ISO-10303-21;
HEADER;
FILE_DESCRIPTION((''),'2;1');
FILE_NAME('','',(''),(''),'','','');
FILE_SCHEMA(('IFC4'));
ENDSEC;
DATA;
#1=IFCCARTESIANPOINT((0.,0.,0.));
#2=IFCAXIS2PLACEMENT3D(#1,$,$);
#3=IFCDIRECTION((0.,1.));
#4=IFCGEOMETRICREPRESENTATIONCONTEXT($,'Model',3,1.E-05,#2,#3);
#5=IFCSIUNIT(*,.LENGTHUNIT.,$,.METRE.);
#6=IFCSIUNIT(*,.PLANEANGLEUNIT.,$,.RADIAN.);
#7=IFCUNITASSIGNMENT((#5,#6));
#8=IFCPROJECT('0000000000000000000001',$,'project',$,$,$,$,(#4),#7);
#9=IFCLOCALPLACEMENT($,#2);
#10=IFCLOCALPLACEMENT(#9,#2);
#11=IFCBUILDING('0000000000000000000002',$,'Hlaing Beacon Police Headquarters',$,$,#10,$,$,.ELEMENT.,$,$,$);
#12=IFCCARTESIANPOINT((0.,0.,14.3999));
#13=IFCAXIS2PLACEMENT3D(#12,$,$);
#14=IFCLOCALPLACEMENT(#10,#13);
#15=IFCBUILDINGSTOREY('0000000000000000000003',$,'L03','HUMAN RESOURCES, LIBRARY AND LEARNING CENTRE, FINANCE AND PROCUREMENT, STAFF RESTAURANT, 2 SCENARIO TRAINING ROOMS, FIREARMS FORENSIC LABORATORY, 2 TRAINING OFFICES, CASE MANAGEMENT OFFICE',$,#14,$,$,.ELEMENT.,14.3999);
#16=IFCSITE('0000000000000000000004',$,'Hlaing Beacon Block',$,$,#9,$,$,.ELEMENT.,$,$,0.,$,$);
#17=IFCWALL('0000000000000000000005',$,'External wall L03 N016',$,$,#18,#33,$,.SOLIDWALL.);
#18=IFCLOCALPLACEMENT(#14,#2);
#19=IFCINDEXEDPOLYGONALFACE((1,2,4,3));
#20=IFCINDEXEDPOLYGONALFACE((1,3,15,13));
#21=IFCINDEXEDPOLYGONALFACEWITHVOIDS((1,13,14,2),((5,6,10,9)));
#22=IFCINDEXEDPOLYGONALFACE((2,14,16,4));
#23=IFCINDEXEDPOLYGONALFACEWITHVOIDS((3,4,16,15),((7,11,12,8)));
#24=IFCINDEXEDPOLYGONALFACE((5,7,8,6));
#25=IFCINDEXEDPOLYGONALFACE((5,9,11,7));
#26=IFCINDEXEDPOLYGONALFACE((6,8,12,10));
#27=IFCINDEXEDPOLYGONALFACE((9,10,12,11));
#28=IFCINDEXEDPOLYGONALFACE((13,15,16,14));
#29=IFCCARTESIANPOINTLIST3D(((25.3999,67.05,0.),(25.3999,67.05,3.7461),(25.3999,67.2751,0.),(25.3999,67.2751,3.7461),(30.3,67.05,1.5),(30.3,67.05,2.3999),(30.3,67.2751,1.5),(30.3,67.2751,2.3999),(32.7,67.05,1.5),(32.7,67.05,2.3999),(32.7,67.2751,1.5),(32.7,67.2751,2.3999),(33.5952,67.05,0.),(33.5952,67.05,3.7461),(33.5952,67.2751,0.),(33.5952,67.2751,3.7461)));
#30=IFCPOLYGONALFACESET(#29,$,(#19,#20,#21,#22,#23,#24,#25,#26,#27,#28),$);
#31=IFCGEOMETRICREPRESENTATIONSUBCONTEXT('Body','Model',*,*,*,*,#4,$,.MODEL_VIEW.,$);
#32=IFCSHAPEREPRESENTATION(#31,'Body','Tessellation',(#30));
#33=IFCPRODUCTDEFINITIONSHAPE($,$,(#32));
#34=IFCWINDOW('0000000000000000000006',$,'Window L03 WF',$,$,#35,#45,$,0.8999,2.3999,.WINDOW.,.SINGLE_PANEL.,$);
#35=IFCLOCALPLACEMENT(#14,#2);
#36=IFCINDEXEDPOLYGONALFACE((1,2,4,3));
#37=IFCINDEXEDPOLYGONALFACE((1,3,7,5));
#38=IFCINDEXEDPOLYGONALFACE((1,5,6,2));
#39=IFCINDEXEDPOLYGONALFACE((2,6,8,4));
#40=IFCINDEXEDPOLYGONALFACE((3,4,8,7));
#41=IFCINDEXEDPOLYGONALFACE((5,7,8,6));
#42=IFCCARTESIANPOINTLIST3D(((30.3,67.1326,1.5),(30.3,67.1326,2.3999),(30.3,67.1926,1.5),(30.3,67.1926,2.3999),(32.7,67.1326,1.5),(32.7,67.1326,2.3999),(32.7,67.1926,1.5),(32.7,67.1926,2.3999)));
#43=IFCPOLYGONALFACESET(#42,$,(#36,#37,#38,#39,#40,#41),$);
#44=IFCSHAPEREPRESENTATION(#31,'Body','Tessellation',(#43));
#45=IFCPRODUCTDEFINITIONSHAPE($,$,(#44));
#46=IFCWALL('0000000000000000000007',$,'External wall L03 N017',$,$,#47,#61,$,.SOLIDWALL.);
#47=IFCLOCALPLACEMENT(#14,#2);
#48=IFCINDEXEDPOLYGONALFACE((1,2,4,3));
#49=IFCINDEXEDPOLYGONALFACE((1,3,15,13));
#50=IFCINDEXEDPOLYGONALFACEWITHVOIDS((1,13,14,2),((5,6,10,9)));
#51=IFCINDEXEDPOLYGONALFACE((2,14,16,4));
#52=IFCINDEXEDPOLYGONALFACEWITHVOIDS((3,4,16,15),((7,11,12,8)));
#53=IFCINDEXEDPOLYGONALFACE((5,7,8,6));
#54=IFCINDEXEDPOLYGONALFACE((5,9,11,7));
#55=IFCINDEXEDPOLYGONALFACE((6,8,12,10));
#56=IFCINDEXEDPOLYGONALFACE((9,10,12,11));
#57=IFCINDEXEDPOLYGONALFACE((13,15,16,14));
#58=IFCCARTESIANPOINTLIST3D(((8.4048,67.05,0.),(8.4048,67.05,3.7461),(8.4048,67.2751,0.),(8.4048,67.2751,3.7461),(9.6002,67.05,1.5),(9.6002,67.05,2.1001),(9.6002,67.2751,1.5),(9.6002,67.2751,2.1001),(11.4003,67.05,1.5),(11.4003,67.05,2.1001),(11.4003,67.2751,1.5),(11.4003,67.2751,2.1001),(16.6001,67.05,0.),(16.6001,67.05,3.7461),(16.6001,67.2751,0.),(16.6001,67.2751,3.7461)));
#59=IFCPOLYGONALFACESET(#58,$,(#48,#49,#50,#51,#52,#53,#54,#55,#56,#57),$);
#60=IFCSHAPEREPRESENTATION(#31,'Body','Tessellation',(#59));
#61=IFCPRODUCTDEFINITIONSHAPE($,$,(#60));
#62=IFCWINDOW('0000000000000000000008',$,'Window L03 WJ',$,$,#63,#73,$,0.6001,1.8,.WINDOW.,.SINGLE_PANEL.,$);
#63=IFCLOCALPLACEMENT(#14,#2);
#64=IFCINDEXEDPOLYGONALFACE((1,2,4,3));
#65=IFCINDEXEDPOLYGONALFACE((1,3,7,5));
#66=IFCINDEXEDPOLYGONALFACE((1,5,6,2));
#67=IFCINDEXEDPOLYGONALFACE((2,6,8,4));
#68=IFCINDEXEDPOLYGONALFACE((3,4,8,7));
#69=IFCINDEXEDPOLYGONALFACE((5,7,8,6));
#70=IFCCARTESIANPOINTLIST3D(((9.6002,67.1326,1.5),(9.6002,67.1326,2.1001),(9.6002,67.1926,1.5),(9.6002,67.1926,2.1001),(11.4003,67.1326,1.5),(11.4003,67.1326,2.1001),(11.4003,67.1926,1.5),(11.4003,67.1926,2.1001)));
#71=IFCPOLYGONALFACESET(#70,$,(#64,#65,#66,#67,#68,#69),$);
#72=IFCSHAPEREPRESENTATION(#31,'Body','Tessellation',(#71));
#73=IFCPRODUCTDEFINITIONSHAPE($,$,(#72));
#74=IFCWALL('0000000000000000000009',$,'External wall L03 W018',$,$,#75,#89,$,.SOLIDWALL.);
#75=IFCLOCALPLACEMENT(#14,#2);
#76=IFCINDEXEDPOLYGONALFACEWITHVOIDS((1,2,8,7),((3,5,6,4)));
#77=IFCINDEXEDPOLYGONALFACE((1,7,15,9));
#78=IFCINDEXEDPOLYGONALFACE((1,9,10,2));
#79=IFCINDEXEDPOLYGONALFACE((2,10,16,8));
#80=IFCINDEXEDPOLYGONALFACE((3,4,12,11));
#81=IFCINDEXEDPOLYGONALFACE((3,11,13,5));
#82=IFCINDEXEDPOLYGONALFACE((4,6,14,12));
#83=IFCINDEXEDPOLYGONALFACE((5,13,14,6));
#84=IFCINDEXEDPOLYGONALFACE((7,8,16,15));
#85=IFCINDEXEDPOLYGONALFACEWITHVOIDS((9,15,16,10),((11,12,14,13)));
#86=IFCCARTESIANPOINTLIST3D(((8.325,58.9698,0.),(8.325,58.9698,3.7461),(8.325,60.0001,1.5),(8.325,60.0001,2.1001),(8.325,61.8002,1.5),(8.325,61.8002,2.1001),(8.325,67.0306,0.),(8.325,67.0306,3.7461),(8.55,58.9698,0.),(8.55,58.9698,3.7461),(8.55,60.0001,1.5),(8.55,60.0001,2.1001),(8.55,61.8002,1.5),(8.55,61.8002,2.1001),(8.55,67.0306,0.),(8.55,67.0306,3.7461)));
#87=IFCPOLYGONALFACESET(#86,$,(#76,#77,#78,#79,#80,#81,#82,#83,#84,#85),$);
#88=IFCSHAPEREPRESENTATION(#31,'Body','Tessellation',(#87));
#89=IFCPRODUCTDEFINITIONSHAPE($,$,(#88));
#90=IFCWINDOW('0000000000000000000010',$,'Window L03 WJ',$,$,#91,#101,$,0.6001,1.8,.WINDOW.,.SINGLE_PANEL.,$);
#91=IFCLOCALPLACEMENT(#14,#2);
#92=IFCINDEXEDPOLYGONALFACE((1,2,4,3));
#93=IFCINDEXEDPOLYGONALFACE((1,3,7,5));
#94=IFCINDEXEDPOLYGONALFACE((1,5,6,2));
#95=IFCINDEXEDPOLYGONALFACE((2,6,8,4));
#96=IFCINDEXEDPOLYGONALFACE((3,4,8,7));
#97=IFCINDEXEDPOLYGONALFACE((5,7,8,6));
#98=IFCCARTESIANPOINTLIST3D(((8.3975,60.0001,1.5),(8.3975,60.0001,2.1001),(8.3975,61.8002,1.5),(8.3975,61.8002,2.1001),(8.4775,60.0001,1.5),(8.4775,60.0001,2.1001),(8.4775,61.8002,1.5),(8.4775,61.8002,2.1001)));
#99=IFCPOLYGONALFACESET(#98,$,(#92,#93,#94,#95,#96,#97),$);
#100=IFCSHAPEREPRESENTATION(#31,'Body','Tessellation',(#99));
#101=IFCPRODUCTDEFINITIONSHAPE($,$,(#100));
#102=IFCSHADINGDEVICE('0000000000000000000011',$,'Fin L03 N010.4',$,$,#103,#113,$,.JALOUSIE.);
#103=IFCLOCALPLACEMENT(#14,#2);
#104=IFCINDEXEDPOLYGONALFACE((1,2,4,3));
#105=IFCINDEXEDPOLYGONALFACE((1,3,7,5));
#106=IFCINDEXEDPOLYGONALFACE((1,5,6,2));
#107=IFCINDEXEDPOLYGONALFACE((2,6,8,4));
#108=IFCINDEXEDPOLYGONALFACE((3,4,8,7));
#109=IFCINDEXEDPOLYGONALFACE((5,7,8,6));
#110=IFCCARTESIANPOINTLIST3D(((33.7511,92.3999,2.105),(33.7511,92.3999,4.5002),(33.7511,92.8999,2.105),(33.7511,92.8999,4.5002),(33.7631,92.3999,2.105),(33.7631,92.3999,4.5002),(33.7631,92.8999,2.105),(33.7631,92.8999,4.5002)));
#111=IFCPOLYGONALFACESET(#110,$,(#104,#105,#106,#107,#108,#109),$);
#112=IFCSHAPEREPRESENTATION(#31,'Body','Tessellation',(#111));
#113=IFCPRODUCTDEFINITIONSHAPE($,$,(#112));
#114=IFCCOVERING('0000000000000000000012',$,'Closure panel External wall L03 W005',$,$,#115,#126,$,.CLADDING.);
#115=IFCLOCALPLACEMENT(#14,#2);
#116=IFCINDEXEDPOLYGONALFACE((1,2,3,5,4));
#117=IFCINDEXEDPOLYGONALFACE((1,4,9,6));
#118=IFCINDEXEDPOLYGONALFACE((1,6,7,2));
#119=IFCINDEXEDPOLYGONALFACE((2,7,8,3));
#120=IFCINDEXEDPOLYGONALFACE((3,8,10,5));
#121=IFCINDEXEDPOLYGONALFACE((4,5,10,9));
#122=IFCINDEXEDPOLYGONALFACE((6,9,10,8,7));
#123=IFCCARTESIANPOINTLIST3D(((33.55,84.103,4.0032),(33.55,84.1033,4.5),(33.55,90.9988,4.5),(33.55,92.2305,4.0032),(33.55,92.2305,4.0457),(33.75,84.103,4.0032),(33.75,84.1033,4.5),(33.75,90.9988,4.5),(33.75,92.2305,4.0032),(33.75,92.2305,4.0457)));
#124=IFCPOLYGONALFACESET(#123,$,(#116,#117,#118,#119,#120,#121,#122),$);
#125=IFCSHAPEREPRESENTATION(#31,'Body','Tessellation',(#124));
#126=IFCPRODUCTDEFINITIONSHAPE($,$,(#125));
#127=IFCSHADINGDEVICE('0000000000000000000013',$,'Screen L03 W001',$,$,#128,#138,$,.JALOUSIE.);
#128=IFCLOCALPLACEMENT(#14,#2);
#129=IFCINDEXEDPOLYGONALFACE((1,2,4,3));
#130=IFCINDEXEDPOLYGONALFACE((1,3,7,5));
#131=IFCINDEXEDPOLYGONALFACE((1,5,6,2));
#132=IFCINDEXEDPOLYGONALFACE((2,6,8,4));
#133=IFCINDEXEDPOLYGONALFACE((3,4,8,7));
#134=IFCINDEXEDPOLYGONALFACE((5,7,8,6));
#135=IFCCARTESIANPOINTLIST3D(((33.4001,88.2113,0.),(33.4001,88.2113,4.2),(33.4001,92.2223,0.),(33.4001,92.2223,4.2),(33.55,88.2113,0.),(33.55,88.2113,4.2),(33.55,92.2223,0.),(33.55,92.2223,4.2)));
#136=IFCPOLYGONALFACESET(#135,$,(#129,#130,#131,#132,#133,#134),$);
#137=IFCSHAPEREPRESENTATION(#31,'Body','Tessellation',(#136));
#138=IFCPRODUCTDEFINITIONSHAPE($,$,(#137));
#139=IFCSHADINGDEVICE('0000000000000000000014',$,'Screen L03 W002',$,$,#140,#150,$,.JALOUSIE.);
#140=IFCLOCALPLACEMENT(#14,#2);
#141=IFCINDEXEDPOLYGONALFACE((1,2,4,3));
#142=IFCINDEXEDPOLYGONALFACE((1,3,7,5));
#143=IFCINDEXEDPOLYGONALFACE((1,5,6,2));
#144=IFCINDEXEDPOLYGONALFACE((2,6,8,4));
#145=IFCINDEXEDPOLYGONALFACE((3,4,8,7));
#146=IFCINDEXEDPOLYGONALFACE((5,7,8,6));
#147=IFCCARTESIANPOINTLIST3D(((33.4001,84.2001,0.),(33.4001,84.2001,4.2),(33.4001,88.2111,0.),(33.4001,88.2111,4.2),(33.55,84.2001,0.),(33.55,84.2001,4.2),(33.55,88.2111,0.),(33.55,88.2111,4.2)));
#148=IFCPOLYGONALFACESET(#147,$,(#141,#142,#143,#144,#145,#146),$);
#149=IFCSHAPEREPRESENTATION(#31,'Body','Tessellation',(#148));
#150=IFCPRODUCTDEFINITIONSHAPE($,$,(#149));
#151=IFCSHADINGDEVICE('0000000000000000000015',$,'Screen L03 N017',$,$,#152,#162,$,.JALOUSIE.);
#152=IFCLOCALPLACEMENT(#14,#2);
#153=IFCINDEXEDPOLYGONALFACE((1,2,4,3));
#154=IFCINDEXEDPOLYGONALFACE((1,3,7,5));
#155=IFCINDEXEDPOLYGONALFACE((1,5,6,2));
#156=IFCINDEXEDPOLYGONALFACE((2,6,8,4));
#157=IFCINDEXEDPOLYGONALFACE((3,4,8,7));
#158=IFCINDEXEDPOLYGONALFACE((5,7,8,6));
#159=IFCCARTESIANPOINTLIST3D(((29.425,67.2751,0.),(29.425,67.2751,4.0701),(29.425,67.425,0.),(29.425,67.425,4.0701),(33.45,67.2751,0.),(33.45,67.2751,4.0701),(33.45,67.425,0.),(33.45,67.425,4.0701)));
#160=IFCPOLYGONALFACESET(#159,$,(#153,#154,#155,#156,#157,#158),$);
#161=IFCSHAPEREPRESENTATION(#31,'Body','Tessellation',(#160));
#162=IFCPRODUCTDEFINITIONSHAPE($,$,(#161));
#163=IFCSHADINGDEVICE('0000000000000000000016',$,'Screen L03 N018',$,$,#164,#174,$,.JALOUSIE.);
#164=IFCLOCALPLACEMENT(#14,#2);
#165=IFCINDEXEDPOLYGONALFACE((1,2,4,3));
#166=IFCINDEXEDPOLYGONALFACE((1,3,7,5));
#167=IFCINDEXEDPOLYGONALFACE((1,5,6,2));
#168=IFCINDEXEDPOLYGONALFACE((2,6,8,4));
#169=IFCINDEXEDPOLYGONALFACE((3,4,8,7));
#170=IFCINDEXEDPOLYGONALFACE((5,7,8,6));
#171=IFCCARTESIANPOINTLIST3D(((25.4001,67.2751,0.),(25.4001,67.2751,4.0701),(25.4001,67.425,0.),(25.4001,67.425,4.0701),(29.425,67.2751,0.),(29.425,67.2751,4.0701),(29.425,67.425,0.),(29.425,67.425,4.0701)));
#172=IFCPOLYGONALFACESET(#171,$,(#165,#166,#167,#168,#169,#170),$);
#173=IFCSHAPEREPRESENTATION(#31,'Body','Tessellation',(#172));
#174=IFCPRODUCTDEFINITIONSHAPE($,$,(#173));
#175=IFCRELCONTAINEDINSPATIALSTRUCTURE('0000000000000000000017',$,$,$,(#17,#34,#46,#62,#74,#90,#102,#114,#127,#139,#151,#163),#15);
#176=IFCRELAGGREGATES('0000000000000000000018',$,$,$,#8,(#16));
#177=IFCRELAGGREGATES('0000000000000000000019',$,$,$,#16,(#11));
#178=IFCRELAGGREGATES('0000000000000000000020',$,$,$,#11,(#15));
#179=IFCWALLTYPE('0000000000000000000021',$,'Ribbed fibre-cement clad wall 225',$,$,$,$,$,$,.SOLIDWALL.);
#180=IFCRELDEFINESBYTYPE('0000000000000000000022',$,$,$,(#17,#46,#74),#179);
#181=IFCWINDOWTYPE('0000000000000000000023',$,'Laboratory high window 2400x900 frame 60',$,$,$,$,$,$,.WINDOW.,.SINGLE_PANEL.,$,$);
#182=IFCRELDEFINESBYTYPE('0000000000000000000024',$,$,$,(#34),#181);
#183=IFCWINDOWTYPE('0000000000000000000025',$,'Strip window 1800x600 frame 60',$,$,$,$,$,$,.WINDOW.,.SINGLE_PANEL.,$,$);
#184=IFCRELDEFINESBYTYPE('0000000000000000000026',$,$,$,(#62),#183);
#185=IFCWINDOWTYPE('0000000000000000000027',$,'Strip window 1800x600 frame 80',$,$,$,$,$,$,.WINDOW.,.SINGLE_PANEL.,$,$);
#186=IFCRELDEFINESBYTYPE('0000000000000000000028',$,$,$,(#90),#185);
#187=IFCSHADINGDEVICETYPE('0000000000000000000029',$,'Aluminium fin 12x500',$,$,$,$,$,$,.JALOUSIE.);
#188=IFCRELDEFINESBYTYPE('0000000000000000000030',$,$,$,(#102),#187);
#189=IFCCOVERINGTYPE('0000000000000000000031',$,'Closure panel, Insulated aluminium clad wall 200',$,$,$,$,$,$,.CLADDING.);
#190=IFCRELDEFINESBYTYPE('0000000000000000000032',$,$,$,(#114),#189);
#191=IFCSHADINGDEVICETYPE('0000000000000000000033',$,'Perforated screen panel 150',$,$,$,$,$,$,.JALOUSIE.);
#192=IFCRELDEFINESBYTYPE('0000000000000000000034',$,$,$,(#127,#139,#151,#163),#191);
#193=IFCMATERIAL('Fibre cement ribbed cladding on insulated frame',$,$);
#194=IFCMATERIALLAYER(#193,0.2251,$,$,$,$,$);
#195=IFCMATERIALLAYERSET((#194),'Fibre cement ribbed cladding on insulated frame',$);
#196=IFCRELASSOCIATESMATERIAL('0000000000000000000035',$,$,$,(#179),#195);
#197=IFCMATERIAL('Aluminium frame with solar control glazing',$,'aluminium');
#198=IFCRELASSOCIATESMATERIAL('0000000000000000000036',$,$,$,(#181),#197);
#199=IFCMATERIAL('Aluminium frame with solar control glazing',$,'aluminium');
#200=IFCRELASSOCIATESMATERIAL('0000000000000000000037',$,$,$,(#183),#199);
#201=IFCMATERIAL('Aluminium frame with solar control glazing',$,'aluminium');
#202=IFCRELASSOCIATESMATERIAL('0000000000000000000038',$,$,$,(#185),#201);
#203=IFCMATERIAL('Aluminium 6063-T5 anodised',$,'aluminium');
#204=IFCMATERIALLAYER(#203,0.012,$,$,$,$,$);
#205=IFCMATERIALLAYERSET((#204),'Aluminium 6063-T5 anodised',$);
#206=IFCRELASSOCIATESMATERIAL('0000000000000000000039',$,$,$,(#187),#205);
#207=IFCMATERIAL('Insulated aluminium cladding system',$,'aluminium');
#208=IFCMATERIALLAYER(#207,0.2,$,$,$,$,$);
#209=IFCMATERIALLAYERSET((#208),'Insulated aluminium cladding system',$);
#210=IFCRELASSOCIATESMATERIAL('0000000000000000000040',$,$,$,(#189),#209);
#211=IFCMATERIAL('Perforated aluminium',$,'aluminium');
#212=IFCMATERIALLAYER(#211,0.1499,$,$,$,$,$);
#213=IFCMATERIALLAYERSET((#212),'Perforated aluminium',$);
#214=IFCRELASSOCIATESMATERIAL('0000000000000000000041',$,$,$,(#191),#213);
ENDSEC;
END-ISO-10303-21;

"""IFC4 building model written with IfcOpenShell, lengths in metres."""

from ifc_helpers import new_model, si_unit, direction, frame, frame_2d, origin, origin_2d, place, context, subcontext, project, spatial, polyline, rectangle, outline, extrude, material, layer, layer_set, type_object, element, fill, save


model = new_model("IFC4")

# Units and contexts
model_context = context("Model", 3, precision=1e-05, world=origin(), true_north=direction((0.0, 1.0)))
body_context = subcontext(model_context, "Body", "Model", "MODEL_VIEW")
ifc_project = project(units=[si_unit("LENGTHUNIT", "METRE"), si_unit("PLANEANGLEUNIT", "RADIAN")], contexts=[model_context])

# Site, building, storey
site_placement = place(None, origin())
site = spatial("IfcSite", under=ifc_project, at=site_placement, Name="Hlaing Beacon Block", CompositionType="ELEMENT", RefElevation=0.0)
building_placement = place(site_placement, origin())
building = spatial("IfcBuilding", under=site, at=building_placement, Name="Hlaing Beacon Police Headquarters", CompositionType="ELEMENT")
storey_placement = place(building_placement, frame((0.0, 0.0, 14.3999)))
storey = spatial("IfcBuildingStorey", under=building, at=storey_placement, Name="L03", Description="HUMAN RESOURCES, LIBRARY AND LEARNING CENTRE, FINANCE AND PROCUREMENT, STAFF RESTAURANT, 2 SCENARIO TRAINING ROOMS, FIREARMS FORENSIC LABORATORY, 2 TRAINING OFFICES, CASE MANAGEMENT OFFICE", CompositionType="ELEMENT", Elevation=14.3999)

# Walls, openings, windows
ifc_material_1 = material(Name="Fibre cement ribbed cladding on insulated frame")
ifc_layer_1 = layer(ifc_material_1, 0.2251)
ifc_layer_set_1 = layer_set([ifc_layer_1], Name="Fibre cement ribbed cladding on insulated frame")
wall_type_1 = type_object("IfcWallType", Name="Ribbed fibre-cement clad wall 225", PredefinedType="SOLIDWALL", material=ifc_layer_set_1)
wall_1_placement = place(storey_placement, frame((33.5952, 67.1626, 0.0), z_axis=(0.0, 0.0, 1.0), x_axis=(-1.0, 0.0, 0.0)))
wall_1 = element("IfcWall", 1, at=wall_1_placement, inside=storey, type_object=wall_type_1, Name="External wall L03 N016", PredefinedType="SOLIDWALL", context=body_context, shape_type="SweptSolid", body=[
    extrude(rectangle(XDim=8.1953, YDim=0.2251, at=frame_2d((4.0977, 0.0))), origin(), (0.0, 0.0, 1.0), 3.7461),
])
opening_1_placement = place(wall_1_placement, frame((0.8953, 0.0, 1.5)))
opening_1 = element("IfcOpeningElement", 2, at=opening_1_placement, cuts=wall_1, PredefinedType="OPENING", context=body_context, shape_type="SweptSolid", body=[
    extrude(rectangle(XDim=2.3999, YDim=0.8999, at=frame_2d((1.2, 0.45))), frame((0.0, 0.1226, 0.0), z_axis=(0.0, -1.0, 0.0), x_axis=(1.0, 0.0, 0.0)), (0.0, 0.0, 1.0), 0.2451),
])
ifc_material_2 = material(Name="Aluminium frame with solar control glazing", Category="aluminium")
window_type_1 = type_object("IfcWindowType", Name="Laboratory high window 2400x900 frame 60", PartitioningType="SINGLE_PANEL", PredefinedType="WINDOW", material=ifc_material_2)
window_1_placement = place(opening_1_placement, origin())
window_1 = element("IfcWindow", 3, at=window_1_placement, inside=storey, type_object=window_type_1, Name="Window L03 WF", OverallHeight=0.8999, OverallWidth=2.3999, PartitioningType="SINGLE_PANEL", PredefinedType="WINDOW", context=body_context, shape_type="SweptSolid", body=[
    extrude(rectangle(XDim=2.3999, YDim=0.8999, at=frame_2d((1.2, 0.45))), frame((0.0, 0.03, 0.0), z_axis=(0.0, -1.0, 0.0), x_axis=(1.0, 0.0, 0.0)), (0.0, 0.0, 1.0), 0.0601),
])
fill(opening_1, window_1)
wall_2_placement = place(storey_placement, frame((16.6001, 67.1626, 0.0), z_axis=(0.0, 0.0, 1.0), x_axis=(-1.0, 0.0, 0.0)))
wall_2 = element("IfcWall", 4, at=wall_2_placement, inside=storey, type_object=wall_type_1, Name="External wall L03 N017", PredefinedType="SOLIDWALL", context=body_context, shape_type="SweptSolid", body=[
    extrude(rectangle(XDim=8.1953, YDim=0.2251, at=frame_2d((4.0977, 0.0))), origin(), (0.0, 0.0, 1.0), 3.7461),
])
opening_2_placement = place(wall_2_placement, frame((5.2, 0.0, 1.5)))
opening_2 = element("IfcOpeningElement", 5, at=opening_2_placement, cuts=wall_2, PredefinedType="OPENING", context=body_context, shape_type="SweptSolid", body=[
    extrude(rectangle(XDim=1.8, YDim=0.6001, at=frame_2d((0.8999, 0.3))), frame((0.0, 0.1226, 0.0), z_axis=(0.0, -1.0, 0.0), x_axis=(1.0, 0.0, 0.0)), (0.0, 0.0, 1.0), 0.2451),
])
ifc_material_3 = material(Name="Aluminium frame with solar control glazing", Category="aluminium")
window_type_2 = type_object("IfcWindowType", Name="Strip window 1800x600 frame 60", PartitioningType="SINGLE_PANEL", PredefinedType="WINDOW", material=ifc_material_3)
window_2_placement = place(opening_2_placement, origin())
window_2 = element("IfcWindow", 6, at=window_2_placement, inside=storey, type_object=window_type_2, Name="Window L03 WJ", OverallHeight=0.6001, OverallWidth=1.8, PartitioningType="SINGLE_PANEL", PredefinedType="WINDOW", context=body_context, shape_type="SweptSolid", body=[
    extrude(rectangle(XDim=1.8, YDim=0.6001, at=frame_2d((0.8999, 0.3))), frame((0.0, 0.03, 0.0), z_axis=(0.0, -1.0, 0.0), x_axis=(1.0, 0.0, 0.0)), (0.0, 0.0, 1.0), 0.0601),
])
fill(opening_2, window_2)
wall_3_placement = place(storey_placement, frame((8.4375, 67.0305, 0.0), z_axis=(0.0, 0.0, 1.0), x_axis=(0.0, -1.0, 0.0)))
wall_3 = element("IfcWall", 7, at=wall_3_placement, inside=storey, type_object=wall_type_1, Name="External wall L03 W018", PredefinedType="SOLIDWALL", context=body_context, shape_type="SweptSolid", body=[
    extrude(rectangle(XDim=8.0608, YDim=0.2251, at=frame_2d((4.0303, 0.0))), origin(), (0.0, 0.0, 1.0), 3.7461),
])
opening_3_placement = place(wall_3_placement, frame((5.2305, 0.0, 1.5)))
opening_3 = element("IfcOpeningElement", 8, at=opening_3_placement, cuts=wall_3, PredefinedType="OPENING", context=body_context, shape_type="SweptSolid", body=[
    extrude(rectangle(XDim=1.8, YDim=0.6001, at=frame_2d((0.8999, 0.3))), frame((0.0, 0.1226, 0.0), z_axis=(0.0, -1.0, 0.0), x_axis=(1.0, 0.0, 0.0)), (0.0, 0.0, 1.0), 0.2451),
])
ifc_material_4 = material(Name="Aluminium frame with solar control glazing", Category="aluminium")
window_type_3 = type_object("IfcWindowType", Name="Strip window 1800x600 frame 80", PartitioningType="SINGLE_PANEL", PredefinedType="WINDOW", material=ifc_material_4)
window_3_placement = place(opening_3_placement, origin())
window_3 = element("IfcWindow", 9, at=window_3_placement, inside=storey, type_object=window_type_3, Name="Window L03 WJ", OverallHeight=0.6001, OverallWidth=1.8, PartitioningType="SINGLE_PANEL", PredefinedType="WINDOW", context=body_context, shape_type="SweptSolid", body=[
    extrude(rectangle(XDim=1.8, YDim=0.6001, at=frame_2d((0.8999, 0.3))), frame((0.0, 0.04, 0.0), z_axis=(0.0, -1.0, 0.0), x_axis=(1.0, 0.0, 0.0)), (0.0, 0.0, 1.0), 0.0801),
])
fill(opening_3, window_3)

# Shading device
ifc_material_5 = material(Name="Aluminium 6063-T5 anodised", Category="aluminium")
ifc_layer_2 = layer(ifc_material_5, 0.012)
ifc_layer_set_2 = layer_set([ifc_layer_2], Name="Aluminium 6063-T5 anodised")
shading_device_type_1 = type_object("IfcShadingDeviceType", Name="Aluminium fin 12x500", PredefinedType="JALOUSIE", material=ifc_layer_set_2)
shading_device_placement = place(storey_placement, frame((33.7571, 92.6499, 2.105), z_axis=(0.0, 0.0, 1.0), x_axis=(-1.0, 0.0, 0.0)))
element("IfcShadingDevice", 10, at=shading_device_placement, inside=storey, type_object=shading_device_type_1, Name="Fin L03 N010.4", PredefinedType="JALOUSIE", context=body_context, shape_type="SweptSolid", body=[
    extrude(rectangle(XDim=0.012, YDim=0.5, at=origin_2d()), origin(), (0.0, 0.0, 1.0), 2.3953),
])

# Covering
ifc_material_6 = material(Name="Insulated aluminium cladding system", Category="aluminium")
ifc_layer_3 = layer(ifc_material_6, 0.2)
ifc_layer_set_3 = layer_set([ifc_layer_3], Name="Insulated aluminium cladding system")
covering_type = type_object("IfcCoveringType", Name="Closure panel, Insulated aluminium clad wall 200", PredefinedType="CLADDING", material=ifc_layer_set_3)
covering_placement = place(storey_placement, frame((33.6499, 92.2305, 4.0032), z_axis=(0.0, 0.0, 1.0), x_axis=(0.0, -1.0, 0.0)))
element("IfcCovering", 11, at=covering_placement, inside=storey, type_object=covering_type, Name="Closure panel External wall L03 W005", PredefinedType="CLADDING", context=body_context, shape_type="SweptSolid", body=[
    extrude(outline(polyline([(0.0, 0.0), (8.1274, 0.0), (8.1272, 0.4968), (1.2317, 0.4968), (0.0, 0.0425), (0.0, 0.0)])), frame((0.0, 0.1001, 0.0), z_axis=(0.0, -1.0, 0.0), x_axis=(1.0, 0.0, 0.0)), (0.0, 0.0, 1.0), 0.2),
])

# Shading devices
ifc_material_7 = material(Name="Perforated aluminium", Category="aluminium")
ifc_layer_4 = layer(ifc_material_7, 0.1499)
ifc_layer_set_4 = layer_set([ifc_layer_4], Name="Perforated aluminium")
shading_device_type_2 = type_object("IfcShadingDeviceType", Name="Perforated screen panel 150", PredefinedType="JALOUSIE", material=ifc_layer_set_4)
for number, where, z_axis, x_axis, name in (
    (12, (33.4751, 90.2168, 0.0), (0.0, 0.0, 1.0), (0.0, -1.0, 0.0), "Screen L03 W001"),
    (13, (33.4751, 86.2056, 0.0), (0.0, 0.0, 1.0), (0.0, -1.0, 0.0), "Screen L03 W002"),
):
    element("IfcShadingDevice", number, at=place(storey_placement, frame(where, z_axis=z_axis, x_axis=x_axis)), inside=storey, type_object=shading_device_type_2, Name=name, PredefinedType="JALOUSIE", context=body_context, shape_type="SweptSolid", body=[
        extrude(rectangle(XDim=4.011, YDim=0.1499, at=origin_2d()), origin(), (0.0, 0.0, 1.0), 4.2),
    ])
for number, where, z_axis, x_axis, name in (
    (14, (31.4375, 67.3501, 0.0), (0.0, 0.0, 1.0), (-1.0, 0.0, 0.0), "Screen L03 N017"),
    (15, (27.4126, 67.3501, 0.0), (0.0, 0.0, 1.0), (-1.0, 0.0, 0.0), "Screen L03 N018"),
):
    element("IfcShadingDevice", number, at=place(storey_placement, frame(where, z_axis=z_axis, x_axis=x_axis)), inside=storey, type_object=shading_device_type_2, Name=name, PredefinedType="JALOUSIE", context=body_context, shape_type="SweptSolid", body=[
        extrude(rectangle(XDim=4.0249, YDim=0.1499, at=origin_2d()), origin(), (0.0, 0.0, 1.0), 4.0701),
    ])

save(model, "model.ifc")
